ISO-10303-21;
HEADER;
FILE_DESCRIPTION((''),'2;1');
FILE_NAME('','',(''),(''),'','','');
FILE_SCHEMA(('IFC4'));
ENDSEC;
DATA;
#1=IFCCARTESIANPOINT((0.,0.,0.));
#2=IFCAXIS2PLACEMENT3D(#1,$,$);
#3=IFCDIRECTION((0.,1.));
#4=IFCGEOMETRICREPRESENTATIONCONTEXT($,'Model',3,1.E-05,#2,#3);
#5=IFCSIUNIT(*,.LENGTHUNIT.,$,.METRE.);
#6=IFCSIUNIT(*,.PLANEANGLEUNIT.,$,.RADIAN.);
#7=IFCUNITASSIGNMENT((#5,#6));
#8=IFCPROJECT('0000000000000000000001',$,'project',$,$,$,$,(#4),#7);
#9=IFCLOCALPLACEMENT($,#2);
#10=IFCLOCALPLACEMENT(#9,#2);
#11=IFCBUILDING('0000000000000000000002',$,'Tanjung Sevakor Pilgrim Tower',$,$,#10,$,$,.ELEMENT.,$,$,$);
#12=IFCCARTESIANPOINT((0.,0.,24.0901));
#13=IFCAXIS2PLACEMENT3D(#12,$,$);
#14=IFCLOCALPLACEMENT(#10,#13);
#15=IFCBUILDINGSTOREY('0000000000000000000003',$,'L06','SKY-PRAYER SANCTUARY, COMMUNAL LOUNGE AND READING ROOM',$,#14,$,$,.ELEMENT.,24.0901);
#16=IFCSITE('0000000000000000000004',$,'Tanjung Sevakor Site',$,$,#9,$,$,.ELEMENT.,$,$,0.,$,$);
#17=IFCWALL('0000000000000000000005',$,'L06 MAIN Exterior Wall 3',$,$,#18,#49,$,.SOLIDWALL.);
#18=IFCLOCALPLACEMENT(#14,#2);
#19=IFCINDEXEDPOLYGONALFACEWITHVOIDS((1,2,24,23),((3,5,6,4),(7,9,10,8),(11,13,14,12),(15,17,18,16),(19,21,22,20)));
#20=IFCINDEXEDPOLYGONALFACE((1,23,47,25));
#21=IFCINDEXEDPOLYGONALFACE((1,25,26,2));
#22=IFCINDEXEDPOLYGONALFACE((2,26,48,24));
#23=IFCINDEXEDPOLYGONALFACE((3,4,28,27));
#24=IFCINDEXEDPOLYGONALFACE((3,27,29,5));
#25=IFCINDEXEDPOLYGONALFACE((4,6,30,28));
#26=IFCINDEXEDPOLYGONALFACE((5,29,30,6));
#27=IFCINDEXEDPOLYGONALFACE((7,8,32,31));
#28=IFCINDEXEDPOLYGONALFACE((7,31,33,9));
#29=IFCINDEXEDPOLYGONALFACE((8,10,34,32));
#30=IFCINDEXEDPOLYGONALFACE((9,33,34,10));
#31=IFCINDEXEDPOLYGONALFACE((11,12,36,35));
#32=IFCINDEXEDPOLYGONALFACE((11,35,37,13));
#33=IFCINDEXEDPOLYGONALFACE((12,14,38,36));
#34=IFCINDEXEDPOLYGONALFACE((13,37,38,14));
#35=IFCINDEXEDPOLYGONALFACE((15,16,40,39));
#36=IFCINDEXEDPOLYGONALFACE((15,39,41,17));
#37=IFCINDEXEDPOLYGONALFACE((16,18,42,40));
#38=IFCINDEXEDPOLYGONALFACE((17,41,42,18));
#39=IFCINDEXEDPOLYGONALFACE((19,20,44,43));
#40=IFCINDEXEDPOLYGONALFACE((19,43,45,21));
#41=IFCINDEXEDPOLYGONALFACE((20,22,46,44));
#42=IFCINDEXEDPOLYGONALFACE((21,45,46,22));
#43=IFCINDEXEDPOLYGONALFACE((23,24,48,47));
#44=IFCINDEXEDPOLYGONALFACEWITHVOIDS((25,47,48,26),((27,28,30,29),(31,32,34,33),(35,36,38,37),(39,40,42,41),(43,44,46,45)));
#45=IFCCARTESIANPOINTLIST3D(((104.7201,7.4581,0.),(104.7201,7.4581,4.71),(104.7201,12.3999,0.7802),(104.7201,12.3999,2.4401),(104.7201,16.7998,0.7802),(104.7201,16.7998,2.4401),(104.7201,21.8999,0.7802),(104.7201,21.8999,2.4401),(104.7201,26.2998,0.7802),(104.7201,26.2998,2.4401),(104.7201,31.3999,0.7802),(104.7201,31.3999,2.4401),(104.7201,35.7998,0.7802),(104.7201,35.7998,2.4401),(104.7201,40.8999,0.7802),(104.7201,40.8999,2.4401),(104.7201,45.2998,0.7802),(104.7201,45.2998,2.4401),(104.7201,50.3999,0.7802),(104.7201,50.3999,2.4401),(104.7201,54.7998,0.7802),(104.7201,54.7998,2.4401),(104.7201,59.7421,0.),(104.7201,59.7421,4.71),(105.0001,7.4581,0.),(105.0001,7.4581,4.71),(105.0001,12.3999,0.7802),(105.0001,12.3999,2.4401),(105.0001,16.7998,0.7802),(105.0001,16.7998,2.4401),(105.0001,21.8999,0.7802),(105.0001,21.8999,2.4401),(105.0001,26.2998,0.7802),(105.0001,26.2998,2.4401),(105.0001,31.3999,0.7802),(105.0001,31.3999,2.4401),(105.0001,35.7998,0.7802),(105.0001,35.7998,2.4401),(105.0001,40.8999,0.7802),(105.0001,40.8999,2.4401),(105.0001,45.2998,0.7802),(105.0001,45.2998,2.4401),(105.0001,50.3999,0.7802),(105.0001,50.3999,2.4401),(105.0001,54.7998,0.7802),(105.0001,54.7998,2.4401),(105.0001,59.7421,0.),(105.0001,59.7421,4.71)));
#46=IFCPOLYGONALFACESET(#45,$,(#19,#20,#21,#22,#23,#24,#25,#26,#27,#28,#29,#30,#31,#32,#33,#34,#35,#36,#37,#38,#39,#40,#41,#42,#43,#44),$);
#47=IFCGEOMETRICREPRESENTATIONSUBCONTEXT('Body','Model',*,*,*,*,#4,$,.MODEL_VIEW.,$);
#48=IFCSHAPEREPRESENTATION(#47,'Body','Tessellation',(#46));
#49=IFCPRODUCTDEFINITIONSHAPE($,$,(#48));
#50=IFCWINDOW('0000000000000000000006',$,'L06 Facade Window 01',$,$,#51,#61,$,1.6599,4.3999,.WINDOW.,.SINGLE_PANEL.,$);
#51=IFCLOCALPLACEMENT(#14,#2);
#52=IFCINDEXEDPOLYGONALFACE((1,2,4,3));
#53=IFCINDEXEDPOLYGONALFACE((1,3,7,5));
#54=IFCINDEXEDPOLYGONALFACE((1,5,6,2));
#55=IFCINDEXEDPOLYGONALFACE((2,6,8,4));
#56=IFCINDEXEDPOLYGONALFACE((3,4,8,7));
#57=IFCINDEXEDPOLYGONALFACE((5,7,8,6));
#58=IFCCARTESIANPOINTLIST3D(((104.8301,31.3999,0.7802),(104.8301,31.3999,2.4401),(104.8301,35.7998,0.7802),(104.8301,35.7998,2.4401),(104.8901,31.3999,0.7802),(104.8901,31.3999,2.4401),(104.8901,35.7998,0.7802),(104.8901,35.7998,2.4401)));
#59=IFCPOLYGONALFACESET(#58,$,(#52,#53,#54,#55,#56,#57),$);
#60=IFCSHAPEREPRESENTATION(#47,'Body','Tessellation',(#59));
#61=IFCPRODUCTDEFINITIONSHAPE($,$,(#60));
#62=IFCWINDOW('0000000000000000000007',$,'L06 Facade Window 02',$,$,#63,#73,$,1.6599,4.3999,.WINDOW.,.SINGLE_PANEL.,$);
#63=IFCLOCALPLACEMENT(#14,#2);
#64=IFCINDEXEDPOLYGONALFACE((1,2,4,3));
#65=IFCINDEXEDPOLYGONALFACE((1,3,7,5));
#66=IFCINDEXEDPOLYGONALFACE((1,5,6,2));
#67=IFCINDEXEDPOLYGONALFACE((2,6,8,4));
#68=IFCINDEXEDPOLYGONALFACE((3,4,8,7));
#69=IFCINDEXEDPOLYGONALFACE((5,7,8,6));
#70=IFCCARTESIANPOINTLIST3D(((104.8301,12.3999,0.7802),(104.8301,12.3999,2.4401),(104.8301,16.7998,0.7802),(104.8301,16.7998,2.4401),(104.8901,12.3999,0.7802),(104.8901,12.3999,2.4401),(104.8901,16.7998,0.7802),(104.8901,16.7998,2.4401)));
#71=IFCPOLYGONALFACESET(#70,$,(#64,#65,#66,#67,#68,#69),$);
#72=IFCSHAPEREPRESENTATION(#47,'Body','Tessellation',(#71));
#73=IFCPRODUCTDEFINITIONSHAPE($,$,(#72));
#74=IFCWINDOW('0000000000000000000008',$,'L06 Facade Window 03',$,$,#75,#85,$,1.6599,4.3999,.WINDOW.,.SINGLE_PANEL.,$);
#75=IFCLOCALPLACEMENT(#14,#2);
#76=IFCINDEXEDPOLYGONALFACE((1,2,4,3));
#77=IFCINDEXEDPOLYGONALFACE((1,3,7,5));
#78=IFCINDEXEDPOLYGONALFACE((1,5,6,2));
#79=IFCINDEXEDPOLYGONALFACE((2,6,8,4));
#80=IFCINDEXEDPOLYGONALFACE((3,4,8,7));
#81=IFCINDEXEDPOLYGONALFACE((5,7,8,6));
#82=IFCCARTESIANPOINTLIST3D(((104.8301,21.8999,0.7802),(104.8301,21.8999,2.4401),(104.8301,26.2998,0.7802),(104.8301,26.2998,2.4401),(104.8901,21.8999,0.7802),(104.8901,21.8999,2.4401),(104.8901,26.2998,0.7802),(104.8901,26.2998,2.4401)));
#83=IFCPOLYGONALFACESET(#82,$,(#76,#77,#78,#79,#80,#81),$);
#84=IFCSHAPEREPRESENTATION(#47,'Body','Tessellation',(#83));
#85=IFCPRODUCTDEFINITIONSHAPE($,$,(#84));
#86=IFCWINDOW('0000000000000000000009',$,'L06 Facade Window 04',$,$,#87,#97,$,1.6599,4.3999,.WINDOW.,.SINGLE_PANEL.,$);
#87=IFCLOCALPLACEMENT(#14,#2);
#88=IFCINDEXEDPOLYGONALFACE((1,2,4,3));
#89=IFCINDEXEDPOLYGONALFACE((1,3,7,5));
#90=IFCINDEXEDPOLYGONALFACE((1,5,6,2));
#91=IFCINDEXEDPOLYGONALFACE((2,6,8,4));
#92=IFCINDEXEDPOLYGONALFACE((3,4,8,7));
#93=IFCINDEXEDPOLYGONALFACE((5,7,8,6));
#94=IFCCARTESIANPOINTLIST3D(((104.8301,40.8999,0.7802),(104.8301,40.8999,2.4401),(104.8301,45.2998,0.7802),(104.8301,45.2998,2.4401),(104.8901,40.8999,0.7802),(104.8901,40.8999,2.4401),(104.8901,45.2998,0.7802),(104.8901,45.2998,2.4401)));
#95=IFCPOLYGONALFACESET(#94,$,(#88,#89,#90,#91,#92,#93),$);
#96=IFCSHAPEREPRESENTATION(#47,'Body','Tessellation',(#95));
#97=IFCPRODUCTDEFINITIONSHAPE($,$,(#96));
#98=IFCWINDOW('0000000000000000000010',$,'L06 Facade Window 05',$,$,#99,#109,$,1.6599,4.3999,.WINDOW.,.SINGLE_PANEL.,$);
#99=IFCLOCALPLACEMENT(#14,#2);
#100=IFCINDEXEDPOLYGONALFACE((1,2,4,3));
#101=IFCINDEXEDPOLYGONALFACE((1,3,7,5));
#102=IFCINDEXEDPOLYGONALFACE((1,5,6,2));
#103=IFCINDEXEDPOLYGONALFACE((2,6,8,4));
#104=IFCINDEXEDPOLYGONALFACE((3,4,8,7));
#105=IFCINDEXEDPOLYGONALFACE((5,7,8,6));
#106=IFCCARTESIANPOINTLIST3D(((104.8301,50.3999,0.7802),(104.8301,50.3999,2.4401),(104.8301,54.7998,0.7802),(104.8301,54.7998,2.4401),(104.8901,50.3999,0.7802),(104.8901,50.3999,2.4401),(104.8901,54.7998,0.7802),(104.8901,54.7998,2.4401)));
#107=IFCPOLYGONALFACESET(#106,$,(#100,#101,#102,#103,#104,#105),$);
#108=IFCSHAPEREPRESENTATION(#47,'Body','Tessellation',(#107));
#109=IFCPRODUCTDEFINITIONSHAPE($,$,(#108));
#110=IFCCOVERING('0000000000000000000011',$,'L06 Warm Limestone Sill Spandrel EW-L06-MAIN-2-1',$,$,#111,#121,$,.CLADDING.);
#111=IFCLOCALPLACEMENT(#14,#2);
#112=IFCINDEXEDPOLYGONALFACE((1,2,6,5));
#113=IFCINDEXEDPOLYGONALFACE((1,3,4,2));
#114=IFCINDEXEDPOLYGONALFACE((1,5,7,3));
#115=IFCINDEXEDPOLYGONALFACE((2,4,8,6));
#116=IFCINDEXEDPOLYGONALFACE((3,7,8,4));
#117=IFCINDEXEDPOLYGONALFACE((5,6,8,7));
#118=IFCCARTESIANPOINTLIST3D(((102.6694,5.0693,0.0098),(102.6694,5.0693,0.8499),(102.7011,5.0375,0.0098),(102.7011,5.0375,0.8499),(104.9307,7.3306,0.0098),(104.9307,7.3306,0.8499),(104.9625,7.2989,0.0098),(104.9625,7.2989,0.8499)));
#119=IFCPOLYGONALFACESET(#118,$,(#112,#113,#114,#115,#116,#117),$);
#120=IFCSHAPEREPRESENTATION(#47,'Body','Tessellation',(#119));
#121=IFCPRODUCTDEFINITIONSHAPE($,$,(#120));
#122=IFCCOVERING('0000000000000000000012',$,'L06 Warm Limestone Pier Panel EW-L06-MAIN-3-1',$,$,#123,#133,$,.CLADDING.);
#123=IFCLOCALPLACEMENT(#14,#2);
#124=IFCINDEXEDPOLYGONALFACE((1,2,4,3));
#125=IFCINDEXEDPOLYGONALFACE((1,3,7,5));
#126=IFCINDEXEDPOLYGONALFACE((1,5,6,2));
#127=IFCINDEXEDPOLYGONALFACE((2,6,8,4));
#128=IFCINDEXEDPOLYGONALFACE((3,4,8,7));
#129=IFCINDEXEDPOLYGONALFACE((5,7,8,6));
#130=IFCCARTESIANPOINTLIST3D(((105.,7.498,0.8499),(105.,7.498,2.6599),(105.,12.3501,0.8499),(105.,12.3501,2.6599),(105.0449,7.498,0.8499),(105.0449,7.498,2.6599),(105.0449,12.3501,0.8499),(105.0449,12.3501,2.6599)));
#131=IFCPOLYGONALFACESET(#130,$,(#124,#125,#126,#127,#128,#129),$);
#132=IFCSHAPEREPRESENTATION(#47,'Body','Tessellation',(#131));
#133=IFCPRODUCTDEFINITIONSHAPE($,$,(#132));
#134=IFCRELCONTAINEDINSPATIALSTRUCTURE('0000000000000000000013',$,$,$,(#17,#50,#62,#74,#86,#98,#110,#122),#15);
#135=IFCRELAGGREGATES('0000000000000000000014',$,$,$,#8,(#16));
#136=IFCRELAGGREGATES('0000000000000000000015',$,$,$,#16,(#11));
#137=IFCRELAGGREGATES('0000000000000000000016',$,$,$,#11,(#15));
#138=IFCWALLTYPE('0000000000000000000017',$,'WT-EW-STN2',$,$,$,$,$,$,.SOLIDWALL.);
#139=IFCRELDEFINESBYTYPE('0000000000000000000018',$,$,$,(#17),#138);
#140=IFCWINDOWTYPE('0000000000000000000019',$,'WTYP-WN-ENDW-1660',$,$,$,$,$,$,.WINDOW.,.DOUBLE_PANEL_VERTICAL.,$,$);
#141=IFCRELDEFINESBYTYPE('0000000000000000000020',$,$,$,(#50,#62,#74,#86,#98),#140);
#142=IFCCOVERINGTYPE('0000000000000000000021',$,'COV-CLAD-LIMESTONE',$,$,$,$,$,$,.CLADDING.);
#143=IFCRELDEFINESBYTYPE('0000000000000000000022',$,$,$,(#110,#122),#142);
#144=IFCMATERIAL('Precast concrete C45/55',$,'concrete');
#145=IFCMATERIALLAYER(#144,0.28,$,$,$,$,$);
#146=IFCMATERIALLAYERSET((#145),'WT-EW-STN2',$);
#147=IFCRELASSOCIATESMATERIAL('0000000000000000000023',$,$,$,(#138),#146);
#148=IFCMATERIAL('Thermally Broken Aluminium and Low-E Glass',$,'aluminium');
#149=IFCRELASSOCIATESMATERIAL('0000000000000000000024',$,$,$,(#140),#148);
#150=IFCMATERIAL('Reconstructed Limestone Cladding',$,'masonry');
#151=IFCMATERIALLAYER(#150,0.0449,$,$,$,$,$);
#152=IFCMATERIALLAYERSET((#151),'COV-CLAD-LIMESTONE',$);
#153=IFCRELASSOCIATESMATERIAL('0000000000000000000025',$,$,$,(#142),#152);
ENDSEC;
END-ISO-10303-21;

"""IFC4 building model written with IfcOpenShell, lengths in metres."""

from ifc_helpers import new_model, si_unit, direction, frame, frame_2d, origin, origin_2d, place, context, subcontext, project, spatial, rectangle, extrude, material, layer, layer_set, type_object, element, fill, save


model = new_model("IFC4")

# Units and contexts
model_context = context("Model", 3, precision=1e-05, world=origin(), true_north=direction((0.0, 1.0)))
body_context = subcontext(model_context, "Body", "Model", "MODEL_VIEW")
ifc_project = project(units=[si_unit("LENGTHUNIT", "METRE"), si_unit("PLANEANGLEUNIT", "RADIAN")], contexts=[model_context])

# Site, building, storey
site_placement = place(None, origin())
site = spatial("IfcSite", under=ifc_project, at=site_placement, Name="Tanjung Sevakor Site", CompositionType="ELEMENT", RefElevation=0.0)
building_placement = place(site_placement, origin())
building = spatial("IfcBuilding", under=site, at=building_placement, Name="Tanjung Sevakor Pilgrim Tower", CompositionType="ELEMENT")
storey_placement = place(building_placement, frame((0.0, 0.0, 24.0901)))
storey = spatial("IfcBuildingStorey", under=building, at=storey_placement, Name="L06", Description="SKY-PRAYER SANCTUARY, COMMUNAL LOUNGE AND READING ROOM", CompositionType="ELEMENT", Elevation=24.0901)

# Shared definitions
ifc_material_1 = material(Name="Precast concrete C45/55", Category="concrete")
ifc_layer_1 = layer(ifc_material_1, 0.28)
ifc_layer_set_1 = layer_set([ifc_layer_1], Name="WT-EW-STN2")
wall_type_1 = type_object("IfcWallType", Name="WT-EW-STN2", PredefinedType="SOLIDWALL", material=ifc_layer_set_1)

# Wall, openings, windows
wall_1_placement = place(storey_placement, frame((104.8601, 7.458, 0.0), z_axis=(0.0, 0.0, 1.0), x_axis=(0.0, 1.0, 0.0)))
wall_1 = element("IfcWall", 1, at=wall_1_placement, inside=storey, type_object=wall_type_1, Name="L06 MAIN Exterior Wall 3", PredefinedType="SOLIDWALL", context=body_context, shape_type="SweptSolid", body=[
    extrude(rectangle(XDim=52.2839, YDim=0.28, at=frame_2d((26.1421, 0.0))), origin(), (0.0, 0.0, 1.0), 4.71),
])
opening_1_placement = place(wall_1_placement, frame((23.9419, 0.0, 0.78)))
opening_1 = element("IfcOpeningElement", 2, at=opening_1_placement, cuts=wall_1, PredefinedType="OPENING", context=body_context, shape_type="SweptSolid", body=[
    extrude(rectangle(XDim=4.3999, YDim=1.6599, at=frame_2d((2.2, 0.8301))), frame((0.0, 0.1499, 0.0), z_axis=(0.0, -1.0, 0.0), x_axis=(1.0, 0.0, 0.0)), (0.0, 0.0, 1.0), 0.3),
])
opening_2_placement = place(wall_1_placement, frame((4.9419, 0.0, 0.78)))
opening_2 = element("IfcOpeningElement", 3, at=opening_2_placement, cuts=wall_1, PredefinedType="OPENING", context=body_context, shape_type="SweptSolid", body=[
    extrude(rectangle(XDim=4.3999, YDim=1.6599, at=frame_2d((2.2, 0.8301))), frame((0.0, 0.1499, 0.0), z_axis=(0.0, -1.0, 0.0), x_axis=(1.0, 0.0, 0.0)), (0.0, 0.0, 1.0), 0.3),
])
opening_3_placement = place(wall_1_placement, frame((14.4419, 0.0, 0.78)))
opening_3 = element("IfcOpeningElement", 4, at=opening_3_placement, cuts=wall_1, PredefinedType="OPENING", context=body_context, shape_type="SweptSolid", body=[
    extrude(rectangle(XDim=4.3999, YDim=1.6599, at=frame_2d((2.2, 0.8301))), frame((0.0, 0.1499, 0.0), z_axis=(0.0, -1.0, 0.0), x_axis=(1.0, 0.0, 0.0)), (0.0, 0.0, 1.0), 0.3),
])
opening_4_placement = place(wall_1_placement, frame((33.4419, 0.0, 0.78)))
opening_4 = element("IfcOpeningElement", 5, at=opening_4_placement, cuts=wall_1, PredefinedType="OPENING", context=body_context, shape_type="SweptSolid", body=[
    extrude(rectangle(XDim=4.3999, YDim=1.6599, at=frame_2d((2.2, 0.8301))), frame((0.0, 0.1499, 0.0), z_axis=(0.0, -1.0, 0.0), x_axis=(1.0, 0.0, 0.0)), (0.0, 0.0, 1.0), 0.3),
])
opening_5_placement = place(wall_1_placement, frame((42.9419, 0.0, 0.78)))
opening_5 = element("IfcOpeningElement", 6, at=opening_5_placement, cuts=wall_1, PredefinedType="OPENING", context=body_context, shape_type="SweptSolid", body=[
    extrude(rectangle(XDim=4.3999, YDim=1.6599, at=frame_2d((2.2, 0.8301))), frame((0.0, 0.1499, 0.0), z_axis=(0.0, -1.0, 0.0), x_axis=(1.0, 0.0, 0.0)), (0.0, 0.0, 1.0), 0.3),
])
ifc_material_2 = material(Name="Thermally Broken Aluminium and Low-E Glass", Category="aluminium")
window_type_1 = type_object("IfcWindowType", Name="WTYP-WN-ENDW-1660", PartitioningType="DOUBLE_PANEL_VERTICAL", PredefinedType="WINDOW", material=ifc_material_2)
window_1_placement = place(opening_1_placement, origin())
window_1 = element("IfcWindow", 7, at=window_1_placement, inside=storey, type_object=window_type_1, Name="L06 Facade Window 01", OverallHeight=1.6599, OverallWidth=4.3999, PartitioningType="SINGLE_PANEL", PredefinedType="WINDOW", context=body_context, shape_type="SweptSolid", body=[
    extrude(rectangle(XDim=4.3999, YDim=1.6599, at=frame_2d((2.2, 0.8301))), frame((0.0, 0.03, 0.0), z_axis=(0.0, -1.0, 0.0), x_axis=(1.0, 0.0, 0.0)), (0.0, 0.0, 1.0), 0.0601),
])
fill(opening_1, window_1)
window_2_placement = place(opening_2_placement, origin())
window_2 = element("IfcWindow", 8, at=window_2_placement, inside=storey, type_object=window_type_1, Name="L06 Facade Window 02", OverallHeight=1.6599, OverallWidth=4.3999, PartitioningType="SINGLE_PANEL", PredefinedType="WINDOW", context=body_context, shape_type="SweptSolid", body=[
    extrude(rectangle(XDim=4.3999, YDim=1.6599, at=frame_2d((2.2, 0.8301))), frame((0.0, 0.03, 0.0), z_axis=(0.0, -1.0, 0.0), x_axis=(1.0, 0.0, 0.0)), (0.0, 0.0, 1.0), 0.0601),
])
fill(opening_2, window_2)
window_3_placement = place(opening_3_placement, origin())
window_3 = element("IfcWindow", 9, at=window_3_placement, inside=storey, type_object=window_type_1, Name="L06 Facade Window 03", OverallHeight=1.6599, OverallWidth=4.3999, PartitioningType="SINGLE_PANEL", PredefinedType="WINDOW", context=body_context, shape_type="SweptSolid", body=[
    extrude(rectangle(XDim=4.3999, YDim=1.6599, at=frame_2d((2.2, 0.8301))), frame((0.0, 0.03, 0.0), z_axis=(0.0, -1.0, 0.0), x_axis=(1.0, 0.0, 0.0)), (0.0, 0.0, 1.0), 0.0601),
])
fill(opening_3, window_3)
window_4_placement = place(opening_4_placement, origin())
window_4 = element("IfcWindow", 10, at=window_4_placement, inside=storey, type_object=window_type_1, Name="L06 Facade Window 04", OverallHeight=1.6599, OverallWidth=4.3999, PartitioningType="SINGLE_PANEL", PredefinedType="WINDOW", context=body_context, shape_type="SweptSolid", body=[
    extrude(rectangle(XDim=4.3999, YDim=1.6599, at=frame_2d((2.2, 0.8301))), frame((0.0, 0.03, 0.0), z_axis=(0.0, -1.0, 0.0), x_axis=(1.0, 0.0, 0.0)), (0.0, 0.0, 1.0), 0.0601),
])
fill(opening_4, window_4)
window_5_placement = place(opening_5_placement, origin())
window_5 = element("IfcWindow", 11, at=window_5_placement, inside=storey, type_object=window_type_1, Name="L06 Facade Window 05", OverallHeight=1.6599, OverallWidth=4.3999, PartitioningType="SINGLE_PANEL", PredefinedType="WINDOW", context=body_context, shape_type="SweptSolid", body=[
    extrude(rectangle(XDim=4.3999, YDim=1.6599, at=frame_2d((2.2, 0.8301))), frame((0.0, 0.03, 0.0), z_axis=(0.0, -1.0, 0.0), x_axis=(1.0, 0.0, 0.0)), (0.0, 0.0, 1.0), 0.0601),
])
fill(opening_5, window_5)

# Coverings
ifc_material_3 = material(Name="Reconstructed Limestone Cladding", Category="masonry")
ifc_layer_2 = layer(ifc_material_3, 0.0449)
ifc_layer_set_2 = layer_set([ifc_layer_2], Name="COV-CLAD-LIMESTONE")
covering_type = type_object("IfcCoveringType", Name="COV-CLAD-LIMESTONE", PredefinedType="CLADDING", material=ifc_layer_set_2)
covering_1_placement = place(storey_placement, frame((103.8159, 6.1841, 0.0098), z_axis=(0.0, 0.0, 1.0), x_axis=(0.707107, 0.707107, 0.0)))
element("IfcCovering", 12, at=covering_1_placement, inside=storey, type_object=covering_type, Name="L06 Warm Limestone Sill Spandrel EW-L06-MAIN-2-1", PredefinedType="CLADDING", context=body_context, shape_type="SweptSolid", body=[
    extrude(rectangle(XDim=3.198, YDim=0.0449, at=origin_2d()), origin(), (0.0, 0.0, 1.0), 0.8401),
])
covering_2_placement = place(storey_placement, frame((105.0225, 9.9241, 0.8499), z_axis=(0.0, 0.0, 1.0), x_axis=(0.0, 1.0, 0.0)))
element("IfcCovering", 13, at=covering_2_placement, inside=storey, type_object=covering_type, Name="L06 Warm Limestone Pier Panel EW-L06-MAIN-3-1", PredefinedType="CLADDING", context=body_context, shape_type="SweptSolid", body=[
    extrude(rectangle(XDim=4.8521, YDim=0.0449, at=origin_2d()), origin(), (0.0, 0.0, 1.0), 1.8101),
])

save(model, "model.ifc")
